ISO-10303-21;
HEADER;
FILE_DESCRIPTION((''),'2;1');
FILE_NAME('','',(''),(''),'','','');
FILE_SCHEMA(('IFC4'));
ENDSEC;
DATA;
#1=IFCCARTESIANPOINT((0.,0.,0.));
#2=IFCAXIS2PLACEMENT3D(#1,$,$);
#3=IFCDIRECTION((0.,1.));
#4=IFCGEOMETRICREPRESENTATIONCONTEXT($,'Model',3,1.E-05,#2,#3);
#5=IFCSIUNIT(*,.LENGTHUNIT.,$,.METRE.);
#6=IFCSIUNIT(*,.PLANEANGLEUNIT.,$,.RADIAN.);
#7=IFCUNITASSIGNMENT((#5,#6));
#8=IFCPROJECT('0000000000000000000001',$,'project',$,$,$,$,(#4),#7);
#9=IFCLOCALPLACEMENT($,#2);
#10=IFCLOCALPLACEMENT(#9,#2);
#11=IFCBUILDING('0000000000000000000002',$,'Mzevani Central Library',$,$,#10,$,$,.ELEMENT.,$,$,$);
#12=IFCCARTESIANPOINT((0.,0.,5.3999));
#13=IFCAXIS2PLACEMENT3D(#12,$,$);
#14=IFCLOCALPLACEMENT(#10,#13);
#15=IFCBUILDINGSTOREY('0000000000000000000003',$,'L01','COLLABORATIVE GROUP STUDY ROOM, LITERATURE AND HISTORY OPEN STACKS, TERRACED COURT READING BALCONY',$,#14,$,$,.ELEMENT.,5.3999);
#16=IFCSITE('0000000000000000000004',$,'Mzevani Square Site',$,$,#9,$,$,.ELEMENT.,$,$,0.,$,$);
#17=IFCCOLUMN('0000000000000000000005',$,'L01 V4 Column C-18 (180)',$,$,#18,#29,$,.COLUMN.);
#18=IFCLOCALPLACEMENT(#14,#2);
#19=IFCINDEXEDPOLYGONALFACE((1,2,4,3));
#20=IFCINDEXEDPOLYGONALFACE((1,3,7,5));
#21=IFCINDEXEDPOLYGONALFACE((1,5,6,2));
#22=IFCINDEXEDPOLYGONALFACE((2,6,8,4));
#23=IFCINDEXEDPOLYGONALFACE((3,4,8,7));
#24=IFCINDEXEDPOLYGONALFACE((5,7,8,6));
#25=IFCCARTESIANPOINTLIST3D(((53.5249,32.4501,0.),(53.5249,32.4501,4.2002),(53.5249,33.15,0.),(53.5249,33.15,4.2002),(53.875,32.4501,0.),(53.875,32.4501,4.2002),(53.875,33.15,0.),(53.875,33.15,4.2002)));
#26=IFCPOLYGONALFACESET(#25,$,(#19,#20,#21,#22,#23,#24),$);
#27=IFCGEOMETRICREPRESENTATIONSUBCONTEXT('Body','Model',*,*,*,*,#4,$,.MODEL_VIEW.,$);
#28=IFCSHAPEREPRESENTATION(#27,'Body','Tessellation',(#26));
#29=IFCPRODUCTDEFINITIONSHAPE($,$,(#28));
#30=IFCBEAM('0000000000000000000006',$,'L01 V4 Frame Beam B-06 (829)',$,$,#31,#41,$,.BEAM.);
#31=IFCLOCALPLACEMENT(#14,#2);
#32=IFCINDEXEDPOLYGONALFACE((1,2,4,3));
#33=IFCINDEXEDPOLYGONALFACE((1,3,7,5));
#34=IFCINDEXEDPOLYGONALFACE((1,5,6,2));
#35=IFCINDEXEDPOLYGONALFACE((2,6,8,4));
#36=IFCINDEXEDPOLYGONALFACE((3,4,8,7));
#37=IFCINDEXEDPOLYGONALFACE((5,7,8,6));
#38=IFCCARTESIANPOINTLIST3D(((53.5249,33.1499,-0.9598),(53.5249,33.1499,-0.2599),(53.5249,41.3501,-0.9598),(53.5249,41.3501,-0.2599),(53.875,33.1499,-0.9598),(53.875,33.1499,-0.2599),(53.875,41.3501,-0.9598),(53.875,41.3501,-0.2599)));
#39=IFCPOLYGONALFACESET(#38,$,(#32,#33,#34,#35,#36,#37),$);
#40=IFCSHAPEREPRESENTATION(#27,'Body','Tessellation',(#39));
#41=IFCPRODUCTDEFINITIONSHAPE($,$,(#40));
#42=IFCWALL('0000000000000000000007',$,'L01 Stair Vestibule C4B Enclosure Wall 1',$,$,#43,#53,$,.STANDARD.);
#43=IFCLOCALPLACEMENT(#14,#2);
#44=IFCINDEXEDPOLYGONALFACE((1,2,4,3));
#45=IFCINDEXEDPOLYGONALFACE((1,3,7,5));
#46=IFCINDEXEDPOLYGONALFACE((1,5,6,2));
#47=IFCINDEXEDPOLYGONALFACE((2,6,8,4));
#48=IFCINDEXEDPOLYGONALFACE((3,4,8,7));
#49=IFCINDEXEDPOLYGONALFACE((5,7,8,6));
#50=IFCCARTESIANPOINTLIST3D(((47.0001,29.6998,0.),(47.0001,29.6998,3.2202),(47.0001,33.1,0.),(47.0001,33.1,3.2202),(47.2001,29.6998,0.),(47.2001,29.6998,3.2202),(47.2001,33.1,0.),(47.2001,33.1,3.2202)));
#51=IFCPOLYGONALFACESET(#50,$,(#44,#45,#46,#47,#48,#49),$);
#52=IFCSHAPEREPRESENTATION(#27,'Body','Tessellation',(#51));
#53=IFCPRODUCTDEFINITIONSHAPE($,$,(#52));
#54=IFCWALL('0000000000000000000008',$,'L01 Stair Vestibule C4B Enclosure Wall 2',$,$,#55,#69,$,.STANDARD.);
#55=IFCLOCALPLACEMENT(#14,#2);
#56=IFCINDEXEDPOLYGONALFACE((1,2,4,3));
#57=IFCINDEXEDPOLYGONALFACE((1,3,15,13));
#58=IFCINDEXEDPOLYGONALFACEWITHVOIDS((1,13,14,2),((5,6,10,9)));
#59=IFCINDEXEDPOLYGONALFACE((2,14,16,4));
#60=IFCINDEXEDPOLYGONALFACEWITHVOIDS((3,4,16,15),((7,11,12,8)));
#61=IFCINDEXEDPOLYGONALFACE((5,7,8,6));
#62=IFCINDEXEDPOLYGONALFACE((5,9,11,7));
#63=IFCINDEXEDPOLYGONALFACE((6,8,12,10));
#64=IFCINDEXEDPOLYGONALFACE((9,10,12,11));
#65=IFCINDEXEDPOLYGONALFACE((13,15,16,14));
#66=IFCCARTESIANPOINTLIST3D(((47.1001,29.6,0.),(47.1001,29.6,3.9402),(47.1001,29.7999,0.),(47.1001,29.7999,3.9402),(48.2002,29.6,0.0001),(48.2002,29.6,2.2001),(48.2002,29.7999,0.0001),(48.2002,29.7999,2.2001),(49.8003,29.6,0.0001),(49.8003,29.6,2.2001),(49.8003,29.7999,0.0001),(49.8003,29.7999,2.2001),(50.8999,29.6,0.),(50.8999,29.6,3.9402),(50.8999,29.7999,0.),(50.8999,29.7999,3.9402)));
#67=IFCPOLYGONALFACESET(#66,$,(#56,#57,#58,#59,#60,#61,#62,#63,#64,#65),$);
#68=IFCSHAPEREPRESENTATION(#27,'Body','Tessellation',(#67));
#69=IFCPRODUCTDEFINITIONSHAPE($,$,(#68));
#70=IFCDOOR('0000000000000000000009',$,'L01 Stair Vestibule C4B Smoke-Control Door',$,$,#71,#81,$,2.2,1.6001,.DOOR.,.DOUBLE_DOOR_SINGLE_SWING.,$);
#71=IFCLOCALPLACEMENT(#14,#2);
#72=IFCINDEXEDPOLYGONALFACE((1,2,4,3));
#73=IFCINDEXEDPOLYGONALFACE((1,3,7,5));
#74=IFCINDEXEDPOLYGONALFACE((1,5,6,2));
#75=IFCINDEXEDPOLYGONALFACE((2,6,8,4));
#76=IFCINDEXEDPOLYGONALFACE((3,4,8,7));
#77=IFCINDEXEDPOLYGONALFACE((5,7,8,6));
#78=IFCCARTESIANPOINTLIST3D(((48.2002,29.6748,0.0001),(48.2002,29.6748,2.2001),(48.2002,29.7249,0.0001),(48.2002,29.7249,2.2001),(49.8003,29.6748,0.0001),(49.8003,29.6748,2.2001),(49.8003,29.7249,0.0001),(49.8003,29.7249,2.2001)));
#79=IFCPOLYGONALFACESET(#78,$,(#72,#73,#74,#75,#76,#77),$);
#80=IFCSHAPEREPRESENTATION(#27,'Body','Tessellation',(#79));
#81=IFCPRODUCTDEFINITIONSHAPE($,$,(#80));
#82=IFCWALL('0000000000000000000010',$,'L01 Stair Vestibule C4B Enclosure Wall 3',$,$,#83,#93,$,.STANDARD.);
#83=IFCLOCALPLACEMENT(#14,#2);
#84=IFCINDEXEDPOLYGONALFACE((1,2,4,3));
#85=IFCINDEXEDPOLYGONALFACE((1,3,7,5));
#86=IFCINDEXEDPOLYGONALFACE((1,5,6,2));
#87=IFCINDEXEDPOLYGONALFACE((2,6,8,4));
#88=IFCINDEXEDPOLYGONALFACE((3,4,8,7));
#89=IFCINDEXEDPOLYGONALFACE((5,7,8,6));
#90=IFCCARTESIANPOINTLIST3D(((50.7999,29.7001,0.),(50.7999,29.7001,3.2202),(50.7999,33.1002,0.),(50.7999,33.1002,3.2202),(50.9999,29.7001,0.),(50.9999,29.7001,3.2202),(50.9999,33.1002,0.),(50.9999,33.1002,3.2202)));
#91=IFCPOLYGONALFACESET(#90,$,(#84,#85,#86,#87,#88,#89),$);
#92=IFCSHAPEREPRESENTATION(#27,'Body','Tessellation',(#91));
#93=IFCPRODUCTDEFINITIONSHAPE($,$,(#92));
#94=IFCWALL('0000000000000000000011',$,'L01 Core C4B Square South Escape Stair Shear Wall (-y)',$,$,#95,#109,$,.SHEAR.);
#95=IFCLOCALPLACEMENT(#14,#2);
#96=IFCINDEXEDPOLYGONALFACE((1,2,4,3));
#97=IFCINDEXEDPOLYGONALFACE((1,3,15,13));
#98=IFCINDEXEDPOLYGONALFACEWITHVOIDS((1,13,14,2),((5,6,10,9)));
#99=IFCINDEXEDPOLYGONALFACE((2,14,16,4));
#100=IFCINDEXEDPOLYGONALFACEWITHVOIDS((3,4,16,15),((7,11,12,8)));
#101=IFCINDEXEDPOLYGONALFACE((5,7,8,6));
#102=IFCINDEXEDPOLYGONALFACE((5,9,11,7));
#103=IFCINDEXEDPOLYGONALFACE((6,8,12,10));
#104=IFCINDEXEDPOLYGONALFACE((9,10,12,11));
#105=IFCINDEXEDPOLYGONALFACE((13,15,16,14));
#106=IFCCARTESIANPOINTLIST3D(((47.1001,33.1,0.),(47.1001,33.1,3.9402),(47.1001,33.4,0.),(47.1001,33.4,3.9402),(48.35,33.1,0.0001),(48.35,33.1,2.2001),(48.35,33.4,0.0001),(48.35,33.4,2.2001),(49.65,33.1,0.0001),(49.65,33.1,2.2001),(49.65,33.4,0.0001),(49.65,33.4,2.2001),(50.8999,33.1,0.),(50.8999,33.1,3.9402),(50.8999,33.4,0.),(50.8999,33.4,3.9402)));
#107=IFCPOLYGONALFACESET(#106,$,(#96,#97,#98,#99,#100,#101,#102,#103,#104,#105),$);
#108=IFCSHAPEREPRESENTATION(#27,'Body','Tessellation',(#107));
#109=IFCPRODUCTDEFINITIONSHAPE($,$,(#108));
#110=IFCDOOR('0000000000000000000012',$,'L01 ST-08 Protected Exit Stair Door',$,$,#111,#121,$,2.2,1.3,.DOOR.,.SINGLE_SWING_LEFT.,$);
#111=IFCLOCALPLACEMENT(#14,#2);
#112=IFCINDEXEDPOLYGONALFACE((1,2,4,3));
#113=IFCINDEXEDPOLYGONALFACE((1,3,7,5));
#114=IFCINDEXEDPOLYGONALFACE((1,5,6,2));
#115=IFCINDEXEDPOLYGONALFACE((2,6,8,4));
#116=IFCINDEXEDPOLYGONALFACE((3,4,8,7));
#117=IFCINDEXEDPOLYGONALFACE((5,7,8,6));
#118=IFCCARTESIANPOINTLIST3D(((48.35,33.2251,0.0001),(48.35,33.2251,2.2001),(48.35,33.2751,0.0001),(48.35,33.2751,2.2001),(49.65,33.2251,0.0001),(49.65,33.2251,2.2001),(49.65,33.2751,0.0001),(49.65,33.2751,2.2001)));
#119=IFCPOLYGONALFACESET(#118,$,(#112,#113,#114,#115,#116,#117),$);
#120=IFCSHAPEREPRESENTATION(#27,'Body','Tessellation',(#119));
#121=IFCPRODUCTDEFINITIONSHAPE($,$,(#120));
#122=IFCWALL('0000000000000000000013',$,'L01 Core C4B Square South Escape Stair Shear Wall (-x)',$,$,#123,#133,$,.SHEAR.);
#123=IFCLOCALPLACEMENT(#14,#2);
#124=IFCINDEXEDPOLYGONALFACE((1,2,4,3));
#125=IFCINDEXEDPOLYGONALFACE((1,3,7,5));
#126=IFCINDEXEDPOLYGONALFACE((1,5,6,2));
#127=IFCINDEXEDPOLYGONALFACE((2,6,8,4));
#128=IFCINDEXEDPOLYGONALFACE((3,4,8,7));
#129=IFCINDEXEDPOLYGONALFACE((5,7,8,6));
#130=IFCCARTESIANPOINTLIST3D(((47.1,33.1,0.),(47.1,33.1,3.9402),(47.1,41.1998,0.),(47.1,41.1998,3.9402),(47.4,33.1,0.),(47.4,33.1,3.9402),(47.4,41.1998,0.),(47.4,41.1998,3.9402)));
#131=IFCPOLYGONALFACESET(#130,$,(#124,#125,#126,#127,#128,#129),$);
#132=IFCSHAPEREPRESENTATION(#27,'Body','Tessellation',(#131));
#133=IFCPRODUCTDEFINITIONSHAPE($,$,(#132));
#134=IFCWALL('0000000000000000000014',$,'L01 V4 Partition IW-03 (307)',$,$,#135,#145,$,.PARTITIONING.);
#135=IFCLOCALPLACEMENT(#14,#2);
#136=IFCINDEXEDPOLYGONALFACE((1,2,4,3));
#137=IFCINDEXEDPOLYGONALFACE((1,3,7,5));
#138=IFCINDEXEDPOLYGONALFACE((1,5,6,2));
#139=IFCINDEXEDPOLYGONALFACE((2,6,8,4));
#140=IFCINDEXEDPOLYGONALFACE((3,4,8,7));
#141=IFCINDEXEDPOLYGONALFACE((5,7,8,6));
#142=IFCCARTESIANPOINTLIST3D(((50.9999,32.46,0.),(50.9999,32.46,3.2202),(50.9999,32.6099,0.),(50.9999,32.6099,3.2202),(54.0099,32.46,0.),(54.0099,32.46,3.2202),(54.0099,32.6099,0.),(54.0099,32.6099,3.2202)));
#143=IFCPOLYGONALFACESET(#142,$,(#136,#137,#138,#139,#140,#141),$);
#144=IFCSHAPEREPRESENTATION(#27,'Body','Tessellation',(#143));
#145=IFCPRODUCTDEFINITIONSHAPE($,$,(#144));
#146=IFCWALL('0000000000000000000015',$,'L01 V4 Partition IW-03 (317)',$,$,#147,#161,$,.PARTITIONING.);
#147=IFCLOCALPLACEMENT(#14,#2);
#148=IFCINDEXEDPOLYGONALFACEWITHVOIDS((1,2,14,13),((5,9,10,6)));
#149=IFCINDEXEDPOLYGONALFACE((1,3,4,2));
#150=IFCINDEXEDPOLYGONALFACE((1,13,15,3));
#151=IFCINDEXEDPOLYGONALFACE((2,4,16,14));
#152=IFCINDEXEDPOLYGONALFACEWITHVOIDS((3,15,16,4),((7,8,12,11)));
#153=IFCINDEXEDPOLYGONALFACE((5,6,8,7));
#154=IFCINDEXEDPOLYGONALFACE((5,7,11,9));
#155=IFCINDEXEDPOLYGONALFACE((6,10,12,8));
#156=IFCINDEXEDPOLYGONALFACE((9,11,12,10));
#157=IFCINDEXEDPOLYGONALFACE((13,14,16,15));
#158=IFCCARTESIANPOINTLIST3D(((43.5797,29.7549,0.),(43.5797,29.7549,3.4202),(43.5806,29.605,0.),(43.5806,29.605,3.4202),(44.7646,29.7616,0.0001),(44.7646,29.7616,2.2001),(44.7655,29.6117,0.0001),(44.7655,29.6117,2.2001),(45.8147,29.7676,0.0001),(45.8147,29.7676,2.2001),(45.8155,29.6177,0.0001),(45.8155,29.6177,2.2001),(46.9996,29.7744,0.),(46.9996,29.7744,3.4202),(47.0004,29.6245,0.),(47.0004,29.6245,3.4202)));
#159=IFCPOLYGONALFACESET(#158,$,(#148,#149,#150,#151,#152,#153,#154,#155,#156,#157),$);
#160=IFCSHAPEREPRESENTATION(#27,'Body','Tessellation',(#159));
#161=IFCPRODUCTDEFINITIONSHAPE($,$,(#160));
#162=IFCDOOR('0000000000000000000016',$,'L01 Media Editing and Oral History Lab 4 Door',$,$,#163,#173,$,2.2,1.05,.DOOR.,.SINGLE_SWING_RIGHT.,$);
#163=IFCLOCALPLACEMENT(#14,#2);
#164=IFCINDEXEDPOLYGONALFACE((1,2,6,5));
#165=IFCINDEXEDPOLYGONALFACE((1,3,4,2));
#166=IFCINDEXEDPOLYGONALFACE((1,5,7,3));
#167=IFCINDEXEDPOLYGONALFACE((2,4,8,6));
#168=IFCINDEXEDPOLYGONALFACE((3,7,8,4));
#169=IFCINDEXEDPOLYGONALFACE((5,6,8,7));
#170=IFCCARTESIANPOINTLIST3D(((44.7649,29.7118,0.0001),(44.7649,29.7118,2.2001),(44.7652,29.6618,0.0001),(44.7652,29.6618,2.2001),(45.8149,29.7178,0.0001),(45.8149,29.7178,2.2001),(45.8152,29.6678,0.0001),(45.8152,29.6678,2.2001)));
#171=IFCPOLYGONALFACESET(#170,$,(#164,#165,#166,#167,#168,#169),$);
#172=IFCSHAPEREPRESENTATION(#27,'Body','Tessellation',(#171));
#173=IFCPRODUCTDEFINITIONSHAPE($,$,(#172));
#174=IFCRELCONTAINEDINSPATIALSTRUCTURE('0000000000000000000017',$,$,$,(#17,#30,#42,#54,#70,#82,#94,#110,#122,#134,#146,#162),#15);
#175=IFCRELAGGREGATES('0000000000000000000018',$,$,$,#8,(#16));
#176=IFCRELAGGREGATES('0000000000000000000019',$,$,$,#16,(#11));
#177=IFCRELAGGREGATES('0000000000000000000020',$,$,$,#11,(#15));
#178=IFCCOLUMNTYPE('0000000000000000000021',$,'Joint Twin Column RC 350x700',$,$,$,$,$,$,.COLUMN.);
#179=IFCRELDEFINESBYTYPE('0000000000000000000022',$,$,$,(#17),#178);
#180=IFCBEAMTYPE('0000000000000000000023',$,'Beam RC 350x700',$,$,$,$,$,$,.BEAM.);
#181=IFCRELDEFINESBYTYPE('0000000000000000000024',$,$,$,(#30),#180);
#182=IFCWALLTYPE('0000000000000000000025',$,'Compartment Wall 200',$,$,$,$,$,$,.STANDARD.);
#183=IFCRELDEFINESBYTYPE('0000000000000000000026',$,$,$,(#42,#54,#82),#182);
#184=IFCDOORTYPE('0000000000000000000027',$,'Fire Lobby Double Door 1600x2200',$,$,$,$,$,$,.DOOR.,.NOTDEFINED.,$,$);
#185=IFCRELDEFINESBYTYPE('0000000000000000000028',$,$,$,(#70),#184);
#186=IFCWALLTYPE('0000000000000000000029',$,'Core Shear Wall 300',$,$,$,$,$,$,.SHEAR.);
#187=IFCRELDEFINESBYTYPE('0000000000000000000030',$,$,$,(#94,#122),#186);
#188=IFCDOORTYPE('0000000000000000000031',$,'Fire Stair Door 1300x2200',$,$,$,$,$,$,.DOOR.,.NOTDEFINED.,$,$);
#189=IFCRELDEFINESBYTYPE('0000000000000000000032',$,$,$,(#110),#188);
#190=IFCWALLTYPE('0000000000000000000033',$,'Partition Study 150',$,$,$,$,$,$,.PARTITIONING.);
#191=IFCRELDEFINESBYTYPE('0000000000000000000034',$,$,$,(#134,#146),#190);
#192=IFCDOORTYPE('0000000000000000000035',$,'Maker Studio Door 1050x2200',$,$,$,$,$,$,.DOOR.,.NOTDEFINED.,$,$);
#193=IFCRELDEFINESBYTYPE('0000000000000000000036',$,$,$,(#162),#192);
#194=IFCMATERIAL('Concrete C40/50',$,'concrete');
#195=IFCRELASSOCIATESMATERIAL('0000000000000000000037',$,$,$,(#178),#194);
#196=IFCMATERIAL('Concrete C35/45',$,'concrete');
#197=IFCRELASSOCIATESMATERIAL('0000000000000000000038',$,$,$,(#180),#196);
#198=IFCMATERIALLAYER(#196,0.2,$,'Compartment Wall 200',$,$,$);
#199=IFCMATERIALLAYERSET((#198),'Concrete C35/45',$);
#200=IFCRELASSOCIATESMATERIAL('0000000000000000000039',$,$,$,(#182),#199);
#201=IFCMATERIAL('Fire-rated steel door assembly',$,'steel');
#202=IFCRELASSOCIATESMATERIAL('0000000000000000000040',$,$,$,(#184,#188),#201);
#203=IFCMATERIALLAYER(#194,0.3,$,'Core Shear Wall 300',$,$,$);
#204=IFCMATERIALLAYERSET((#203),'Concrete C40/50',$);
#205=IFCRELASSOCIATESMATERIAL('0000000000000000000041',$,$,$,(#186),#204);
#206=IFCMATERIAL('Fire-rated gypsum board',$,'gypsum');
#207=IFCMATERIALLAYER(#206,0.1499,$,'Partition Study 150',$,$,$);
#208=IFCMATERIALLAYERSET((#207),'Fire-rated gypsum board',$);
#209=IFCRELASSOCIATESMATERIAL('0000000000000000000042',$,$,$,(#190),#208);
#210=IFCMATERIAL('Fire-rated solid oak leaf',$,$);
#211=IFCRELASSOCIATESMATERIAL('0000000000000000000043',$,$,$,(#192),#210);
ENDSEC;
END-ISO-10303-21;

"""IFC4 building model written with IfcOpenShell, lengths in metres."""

from ifc_helpers import new_model, si_unit, direction, frame, frame_2d, origin, origin_2d, place, context, subcontext, project, spatial, rectangle, extrude, material, layer, layer_set, material_profile, profile_set, type_object, element, fill, save


model = new_model("IFC4")

# Units and contexts
model_context = context("Model", 3, precision=1e-05, world=origin(), true_north=direction((0.0, 1.0)))
body_context = subcontext(model_context, "Body", "Model", "MODEL_VIEW")
ifc_project = project(units=[si_unit("LENGTHUNIT", "METRE"), si_unit("PLANEANGLEUNIT", "RADIAN")], contexts=[model_context])

# Site, building, storey
site_placement = place(None, origin())
site = spatial("IfcSite", under=ifc_project, at=site_placement, Name="Mzevani Square Site", CompositionType="ELEMENT", RefElevation=0.0)
building_placement = place(site_placement, origin())
building = spatial("IfcBuilding", under=site, at=building_placement, Name="Mzevani Central Library", CompositionType="ELEMENT")
storey_placement = place(building_placement, frame((0.0, 0.0, 5.3999)))
storey = spatial("IfcBuildingStorey", under=building, at=storey_placement, Name="L01", Description="COLLABORATIVE GROUP STUDY ROOM, LITERATURE AND HISTORY OPEN STACKS, TERRACED COURT READING BALCONY", CompositionType="ELEMENT", Elevation=5.3999)

# Column
ifc_material_1 = material(Name="Concrete C40/50", Category="concrete")
ifc_material_profile_1 = material_profile(ifc_material_1, rectangle(XDim=0.3501, YDim=0.7, at=origin_2d()), Name="RC 350x700")
ifc_profile_set_1 = profile_set([ifc_material_profile_1], Name="Concrete C40/50")
column_type = type_object("IfcColumnType", Name="Joint Twin Column RC 350x700", PredefinedType="COLUMN", material=ifc_profile_set_1)
column_placement = place(storey_placement, frame((53.7, 32.8, 0.0), z_axis=(0.0, 0.0, 1.0), x_axis=(1.0, 0.0, 0.0)))
element("IfcColumn", 1, at=column_placement, inside=storey, type_object=column_type, Name="L01 V4 Column C-18 (180)", PredefinedType="COLUMN", context=body_context, shape_type="SweptSolid", body=[
    extrude(rectangle(XDim=0.3501, YDim=0.7, at=origin_2d()), origin(), (0.0, 0.0, 1.0), 4.2002),
])

# Beam
ifc_material_2 = material(Name="Concrete C35/45", Category="concrete")
ifc_material_profile_2 = material_profile(ifc_material_2, rectangle(XDim=0.3501, YDim=0.7, at=origin_2d()), Name="RC B350x700")
ifc_profile_set_2 = profile_set([ifc_material_profile_2], Name="Concrete C35/45")
beam_type = type_object("IfcBeamType", Name="Beam RC 350x700", PredefinedType="BEAM", material=ifc_profile_set_2)
beam_placement = place(storey_placement, frame((53.7, 33.1499, -0.6099), z_axis=(0.0, 1.0, 0.0), x_axis=(-1.0, 0.0, 0.0)))
element("IfcBeam", 2, at=beam_placement, inside=storey, type_object=beam_type, Name="L01 V4 Frame Beam B-06 (829)", PredefinedType="BEAM", context=body_context, shape_type="SweptSolid", body=[
    extrude(rectangle(XDim=0.3501, YDim=0.7, at=origin_2d()), origin(), (0.0, 0.0, 1.0), 8.2002),
])

# Wall
ifc_layer_1 = layer(ifc_material_2, 0.2, Name="Compartment Wall 200")
ifc_layer_set_1 = layer_set([ifc_layer_1], Name="Concrete C35/45")
wall_type_1 = type_object("IfcWallType", Name="Compartment Wall 200", PredefinedType="STANDARD", material=ifc_layer_set_1)
wall_1_placement = place(storey_placement, frame((47.1001, 33.1001, 0.0), z_axis=(0.0, 0.0, 1.0), x_axis=(0.0, -1.0, 0.0)))
element("IfcWall", 3, at=wall_1_placement, inside=storey, type_object=wall_type_1, Name="L01 Stair Vestibule C4B Enclosure Wall 1", PredefinedType="STANDARD", context=body_context, shape_type="SweptSolid", body=[
    extrude(rectangle(XDim=3.4001, YDim=0.2, at=frame_2d((1.7002, 0.0))), origin(), (0.0, 0.0, 1.0), 3.2202),
])

# Wall, opening, door
wall_2_placement = place(storey_placement, frame((47.1001, 29.7, 0.0), z_axis=(0.0, 0.0, 1.0), x_axis=(1.0, 0.0, 0.0)))
wall_2 = element("IfcWall", 4, at=wall_2_placement, inside=storey, type_object=wall_type_1, Name="L01 Stair Vestibule C4B Enclosure Wall 2", PredefinedType="STANDARD", context=body_context, shape_type="SweptSolid", body=[
    extrude(rectangle(XDim=3.7998, YDim=0.2, at=frame_2d((1.8999, 0.0))), origin(), (0.0, 0.0, 1.0), 3.9402),
])
opening_1_placement = place(wall_2_placement, frame((1.1001, 0.0, 0.0)))
opening_1 = element("IfcOpeningElement", 5, at=opening_1_placement, cuts=wall_2, PredefinedType="OPENING", context=body_context, shape_type="SweptSolid", body=[
    extrude(rectangle(XDim=1.6001, YDim=2.2, at=frame_2d((0.8, 1.1001))), frame((0.0, 0.1099, 0.0), z_axis=(0.0, -1.0, 0.0), x_axis=(1.0, 0.0, 0.0)), (0.0, 0.0, 1.0), 0.22),
])
ifc_material_3 = material(Name="Fire-rated steel door assembly", Category="steel")
door_type_1 = type_object("IfcDoorType", Name="Fire Lobby Double Door 1600x2200", OperationType="NOTDEFINED", PredefinedType="DOOR", material=ifc_material_3)
door_1_placement = place(opening_1_placement, origin())
door_1 = element("IfcDoor", 6, at=door_1_placement, inside=storey, type_object=door_type_1, Name="L01 Stair Vestibule C4B Smoke-Control Door", OperationType="DOUBLE_DOOR_SINGLE_SWING", OverallHeight=2.2, OverallWidth=1.6001, PredefinedType="DOOR", context=body_context, shape_type="SweptSolid", body=[
    extrude(rectangle(XDim=1.6001, YDim=2.2, at=frame_2d((0.8, 1.1001))), frame((0.0, 0.0249, 0.0), z_axis=(0.0, -1.0, 0.0), x_axis=(1.0, 0.0, 0.0)), (0.0, 0.0, 1.0), 0.05),
])
fill(opening_1, door_1)

# Wall
wall_3_placement = place(storey_placement, frame((50.8999, 29.7, 0.0), z_axis=(0.0, 0.0, 1.0), x_axis=(0.0, 1.0, 0.0)))
element("IfcWall", 7, at=wall_3_placement, inside=storey, type_object=wall_type_1, Name="L01 Stair Vestibule C4B Enclosure Wall 3", PredefinedType="STANDARD", context=body_context, shape_type="SweptSolid", body=[
    extrude(rectangle(XDim=3.4001, YDim=0.2, at=frame_2d((1.7002, 0.0))), origin(), (0.0, 0.0, 1.0), 3.2202),
])

# Wall, opening, door
ifc_layer_2 = layer(ifc_material_1, 0.3, Name="Core Shear Wall 300")
ifc_layer_set_2 = layer_set([ifc_layer_2], Name="Concrete C40/50")
wall_type_2 = type_object("IfcWallType", Name="Core Shear Wall 300", PredefinedType="SHEAR", material=ifc_layer_set_2)
wall_4_placement = place(storey_placement, frame((50.8999, 33.25, 0.0), z_axis=(0.0, 0.0, 1.0), x_axis=(-1.0, 0.0, 0.0)))
wall_4 = element("IfcWall", 8, at=wall_4_placement, inside=storey, type_object=wall_type_2, Name="L01 Core C4B Square South Escape Stair Shear Wall (-y)", PredefinedType="SHEAR", context=body_context, shape_type="SweptSolid", body=[
    extrude(rectangle(XDim=3.7998, YDim=0.3, at=frame_2d((1.8999, 0.0))), origin(), (0.0, 0.0, 1.0), 3.9402),
])
opening_2_placement = place(wall_4_placement, frame((1.25, 0.0, 0.0)))
opening_2 = element("IfcOpeningElement", 9, at=opening_2_placement, cuts=wall_4, PredefinedType="OPENING", context=body_context, shape_type="SweptSolid", body=[
    extrude(rectangle(XDim=1.3, YDim=2.2, at=frame_2d((0.6499, 1.1001))), frame((0.0, 0.1602, 0.0), z_axis=(0.0, -1.0, 0.0), x_axis=(1.0, 0.0, 0.0)), (0.0, 0.0, 1.0), 0.3201),
])
door_type_2 = type_object("IfcDoorType", Name="Fire Stair Door 1300x2200", OperationType="NOTDEFINED", PredefinedType="DOOR", material=ifc_material_3)
door_2_placement = place(opening_2_placement, origin())
door_2 = element("IfcDoor", 10, at=door_2_placement, inside=storey, type_object=door_type_2, Name="L01 ST-08 Protected Exit Stair Door", OperationType="SINGLE_SWING_LEFT", OverallHeight=2.2, OverallWidth=1.3, PredefinedType="DOOR", context=body_context, shape_type="SweptSolid", body=[
    extrude(rectangle(XDim=1.3, YDim=2.2, at=frame_2d((0.6499, 1.1001))), frame((0.0, 0.0249, 0.0), z_axis=(0.0, -1.0, 0.0), x_axis=(1.0, 0.0, 0.0)), (0.0, 0.0, 1.0), 0.05),
])
fill(opening_2, door_2)

# Walls
wall_5_placement = place(storey_placement, frame((47.25, 33.1001, 0.0), z_axis=(0.0, 0.0, 1.0), x_axis=(0.0, 1.0, 0.0)))
element("IfcWall", 11, at=wall_5_placement, inside=storey, type_object=wall_type_2, Name="L01 Core C4B Square South Escape Stair Shear Wall (-x)", PredefinedType="SHEAR", context=body_context, shape_type="SweptSolid", body=[
    extrude(rectangle(XDim=8.0999, YDim=0.3, at=frame_2d((4.0498, 0.0))), origin(), (0.0, 0.0, 1.0), 3.9402),
])
ifc_material_4 = material(Name="Fire-rated gypsum board", Category="gypsum")
ifc_layer_3 = layer(ifc_material_4, 0.1499, Name="Partition Study 150")
ifc_layer_set_3 = layer_set([ifc_layer_3], Name="Fire-rated gypsum board")
wall_type_3 = type_object("IfcWallType", Name="Partition Study 150", PredefinedType="PARTITIONING", material=ifc_layer_set_3)
wall_6_placement = place(storey_placement, frame((51.0, 32.5349, 0.0), z_axis=(0.0, 0.0, 1.0), x_axis=(1.0, 0.0, 0.0)))
element("IfcWall", 12, at=wall_6_placement, inside=storey, type_object=wall_type_3, Name="L01 V4 Partition IW-03 (307)", PredefinedType="PARTITIONING", context=body_context, shape_type="SweptSolid", body=[
    extrude(rectangle(XDim=3.01, YDim=0.1499, at=frame_2d((1.5049, 0.0))), origin(), (0.0, 0.0, 1.0), 3.2202),
])

# Wall, opening, door
wall_7_placement = place(storey_placement, frame((47.0, 29.6995, 0.0), z_axis=(0.0, 0.0, 1.0), x_axis=(-0.999984, -0.005711, 0.0)))
wall_7 = element("IfcWall", 13, at=wall_7_placement, inside=storey, type_object=wall_type_3, Name="L01 V4 Partition IW-03 (317)", PredefinedType="PARTITIONING", context=body_context, shape_type="SweptSolid", body=[
    extrude(rectangle(XDim=3.4199, YDim=0.1499, at=frame_2d((1.71, 0.0))), origin(), (0.0, 0.0, 1.0), 3.4202),
])
opening_3_placement = place(wall_7_placement, frame((1.1851, 0.0, 0.0)))
opening_3 = element("IfcOpeningElement", 14, at=opening_3_placement, cuts=wall_7, PredefinedType="OPENING", context=body_context, shape_type="SweptSolid", body=[
    extrude(rectangle(XDim=1.05, YDim=2.2, at=frame_2d((0.5249, 1.1001))), frame((0.0, 0.085, 0.0), z_axis=(0.0, -1.0, 0.0), x_axis=(1.0, 0.0, 0.0)), (0.0, 0.0, 1.0), 0.1699),
])
ifc_material_5 = material(Name="Fire-rated solid oak leaf")
door_type_3 = type_object("IfcDoorType", Name="Maker Studio Door 1050x2200", OperationType="NOTDEFINED", PredefinedType="DOOR", material=ifc_material_5)
door_3_placement = place(opening_3_placement, origin())
door_3 = element("IfcDoor", 15, at=door_3_placement, inside=storey, type_object=door_type_3, Name="L01 Media Editing and Oral History Lab 4 Door", OperationType="SINGLE_SWING_RIGHT", OverallHeight=2.2, OverallWidth=1.05, PredefinedType="DOOR", context=body_context, shape_type="SweptSolid", body=[
    extrude(rectangle(XDim=1.05, YDim=2.2, at=frame_2d((0.5249, 1.1001))), frame((0.0, 0.0249, 0.0), z_axis=(0.0, -1.0, 0.0), x_axis=(1.0, 0.0, 0.0)), (0.0, 0.0, 1.0), 0.05),
])
fill(opening_3, door_3)

save(model, "model.ifc")
